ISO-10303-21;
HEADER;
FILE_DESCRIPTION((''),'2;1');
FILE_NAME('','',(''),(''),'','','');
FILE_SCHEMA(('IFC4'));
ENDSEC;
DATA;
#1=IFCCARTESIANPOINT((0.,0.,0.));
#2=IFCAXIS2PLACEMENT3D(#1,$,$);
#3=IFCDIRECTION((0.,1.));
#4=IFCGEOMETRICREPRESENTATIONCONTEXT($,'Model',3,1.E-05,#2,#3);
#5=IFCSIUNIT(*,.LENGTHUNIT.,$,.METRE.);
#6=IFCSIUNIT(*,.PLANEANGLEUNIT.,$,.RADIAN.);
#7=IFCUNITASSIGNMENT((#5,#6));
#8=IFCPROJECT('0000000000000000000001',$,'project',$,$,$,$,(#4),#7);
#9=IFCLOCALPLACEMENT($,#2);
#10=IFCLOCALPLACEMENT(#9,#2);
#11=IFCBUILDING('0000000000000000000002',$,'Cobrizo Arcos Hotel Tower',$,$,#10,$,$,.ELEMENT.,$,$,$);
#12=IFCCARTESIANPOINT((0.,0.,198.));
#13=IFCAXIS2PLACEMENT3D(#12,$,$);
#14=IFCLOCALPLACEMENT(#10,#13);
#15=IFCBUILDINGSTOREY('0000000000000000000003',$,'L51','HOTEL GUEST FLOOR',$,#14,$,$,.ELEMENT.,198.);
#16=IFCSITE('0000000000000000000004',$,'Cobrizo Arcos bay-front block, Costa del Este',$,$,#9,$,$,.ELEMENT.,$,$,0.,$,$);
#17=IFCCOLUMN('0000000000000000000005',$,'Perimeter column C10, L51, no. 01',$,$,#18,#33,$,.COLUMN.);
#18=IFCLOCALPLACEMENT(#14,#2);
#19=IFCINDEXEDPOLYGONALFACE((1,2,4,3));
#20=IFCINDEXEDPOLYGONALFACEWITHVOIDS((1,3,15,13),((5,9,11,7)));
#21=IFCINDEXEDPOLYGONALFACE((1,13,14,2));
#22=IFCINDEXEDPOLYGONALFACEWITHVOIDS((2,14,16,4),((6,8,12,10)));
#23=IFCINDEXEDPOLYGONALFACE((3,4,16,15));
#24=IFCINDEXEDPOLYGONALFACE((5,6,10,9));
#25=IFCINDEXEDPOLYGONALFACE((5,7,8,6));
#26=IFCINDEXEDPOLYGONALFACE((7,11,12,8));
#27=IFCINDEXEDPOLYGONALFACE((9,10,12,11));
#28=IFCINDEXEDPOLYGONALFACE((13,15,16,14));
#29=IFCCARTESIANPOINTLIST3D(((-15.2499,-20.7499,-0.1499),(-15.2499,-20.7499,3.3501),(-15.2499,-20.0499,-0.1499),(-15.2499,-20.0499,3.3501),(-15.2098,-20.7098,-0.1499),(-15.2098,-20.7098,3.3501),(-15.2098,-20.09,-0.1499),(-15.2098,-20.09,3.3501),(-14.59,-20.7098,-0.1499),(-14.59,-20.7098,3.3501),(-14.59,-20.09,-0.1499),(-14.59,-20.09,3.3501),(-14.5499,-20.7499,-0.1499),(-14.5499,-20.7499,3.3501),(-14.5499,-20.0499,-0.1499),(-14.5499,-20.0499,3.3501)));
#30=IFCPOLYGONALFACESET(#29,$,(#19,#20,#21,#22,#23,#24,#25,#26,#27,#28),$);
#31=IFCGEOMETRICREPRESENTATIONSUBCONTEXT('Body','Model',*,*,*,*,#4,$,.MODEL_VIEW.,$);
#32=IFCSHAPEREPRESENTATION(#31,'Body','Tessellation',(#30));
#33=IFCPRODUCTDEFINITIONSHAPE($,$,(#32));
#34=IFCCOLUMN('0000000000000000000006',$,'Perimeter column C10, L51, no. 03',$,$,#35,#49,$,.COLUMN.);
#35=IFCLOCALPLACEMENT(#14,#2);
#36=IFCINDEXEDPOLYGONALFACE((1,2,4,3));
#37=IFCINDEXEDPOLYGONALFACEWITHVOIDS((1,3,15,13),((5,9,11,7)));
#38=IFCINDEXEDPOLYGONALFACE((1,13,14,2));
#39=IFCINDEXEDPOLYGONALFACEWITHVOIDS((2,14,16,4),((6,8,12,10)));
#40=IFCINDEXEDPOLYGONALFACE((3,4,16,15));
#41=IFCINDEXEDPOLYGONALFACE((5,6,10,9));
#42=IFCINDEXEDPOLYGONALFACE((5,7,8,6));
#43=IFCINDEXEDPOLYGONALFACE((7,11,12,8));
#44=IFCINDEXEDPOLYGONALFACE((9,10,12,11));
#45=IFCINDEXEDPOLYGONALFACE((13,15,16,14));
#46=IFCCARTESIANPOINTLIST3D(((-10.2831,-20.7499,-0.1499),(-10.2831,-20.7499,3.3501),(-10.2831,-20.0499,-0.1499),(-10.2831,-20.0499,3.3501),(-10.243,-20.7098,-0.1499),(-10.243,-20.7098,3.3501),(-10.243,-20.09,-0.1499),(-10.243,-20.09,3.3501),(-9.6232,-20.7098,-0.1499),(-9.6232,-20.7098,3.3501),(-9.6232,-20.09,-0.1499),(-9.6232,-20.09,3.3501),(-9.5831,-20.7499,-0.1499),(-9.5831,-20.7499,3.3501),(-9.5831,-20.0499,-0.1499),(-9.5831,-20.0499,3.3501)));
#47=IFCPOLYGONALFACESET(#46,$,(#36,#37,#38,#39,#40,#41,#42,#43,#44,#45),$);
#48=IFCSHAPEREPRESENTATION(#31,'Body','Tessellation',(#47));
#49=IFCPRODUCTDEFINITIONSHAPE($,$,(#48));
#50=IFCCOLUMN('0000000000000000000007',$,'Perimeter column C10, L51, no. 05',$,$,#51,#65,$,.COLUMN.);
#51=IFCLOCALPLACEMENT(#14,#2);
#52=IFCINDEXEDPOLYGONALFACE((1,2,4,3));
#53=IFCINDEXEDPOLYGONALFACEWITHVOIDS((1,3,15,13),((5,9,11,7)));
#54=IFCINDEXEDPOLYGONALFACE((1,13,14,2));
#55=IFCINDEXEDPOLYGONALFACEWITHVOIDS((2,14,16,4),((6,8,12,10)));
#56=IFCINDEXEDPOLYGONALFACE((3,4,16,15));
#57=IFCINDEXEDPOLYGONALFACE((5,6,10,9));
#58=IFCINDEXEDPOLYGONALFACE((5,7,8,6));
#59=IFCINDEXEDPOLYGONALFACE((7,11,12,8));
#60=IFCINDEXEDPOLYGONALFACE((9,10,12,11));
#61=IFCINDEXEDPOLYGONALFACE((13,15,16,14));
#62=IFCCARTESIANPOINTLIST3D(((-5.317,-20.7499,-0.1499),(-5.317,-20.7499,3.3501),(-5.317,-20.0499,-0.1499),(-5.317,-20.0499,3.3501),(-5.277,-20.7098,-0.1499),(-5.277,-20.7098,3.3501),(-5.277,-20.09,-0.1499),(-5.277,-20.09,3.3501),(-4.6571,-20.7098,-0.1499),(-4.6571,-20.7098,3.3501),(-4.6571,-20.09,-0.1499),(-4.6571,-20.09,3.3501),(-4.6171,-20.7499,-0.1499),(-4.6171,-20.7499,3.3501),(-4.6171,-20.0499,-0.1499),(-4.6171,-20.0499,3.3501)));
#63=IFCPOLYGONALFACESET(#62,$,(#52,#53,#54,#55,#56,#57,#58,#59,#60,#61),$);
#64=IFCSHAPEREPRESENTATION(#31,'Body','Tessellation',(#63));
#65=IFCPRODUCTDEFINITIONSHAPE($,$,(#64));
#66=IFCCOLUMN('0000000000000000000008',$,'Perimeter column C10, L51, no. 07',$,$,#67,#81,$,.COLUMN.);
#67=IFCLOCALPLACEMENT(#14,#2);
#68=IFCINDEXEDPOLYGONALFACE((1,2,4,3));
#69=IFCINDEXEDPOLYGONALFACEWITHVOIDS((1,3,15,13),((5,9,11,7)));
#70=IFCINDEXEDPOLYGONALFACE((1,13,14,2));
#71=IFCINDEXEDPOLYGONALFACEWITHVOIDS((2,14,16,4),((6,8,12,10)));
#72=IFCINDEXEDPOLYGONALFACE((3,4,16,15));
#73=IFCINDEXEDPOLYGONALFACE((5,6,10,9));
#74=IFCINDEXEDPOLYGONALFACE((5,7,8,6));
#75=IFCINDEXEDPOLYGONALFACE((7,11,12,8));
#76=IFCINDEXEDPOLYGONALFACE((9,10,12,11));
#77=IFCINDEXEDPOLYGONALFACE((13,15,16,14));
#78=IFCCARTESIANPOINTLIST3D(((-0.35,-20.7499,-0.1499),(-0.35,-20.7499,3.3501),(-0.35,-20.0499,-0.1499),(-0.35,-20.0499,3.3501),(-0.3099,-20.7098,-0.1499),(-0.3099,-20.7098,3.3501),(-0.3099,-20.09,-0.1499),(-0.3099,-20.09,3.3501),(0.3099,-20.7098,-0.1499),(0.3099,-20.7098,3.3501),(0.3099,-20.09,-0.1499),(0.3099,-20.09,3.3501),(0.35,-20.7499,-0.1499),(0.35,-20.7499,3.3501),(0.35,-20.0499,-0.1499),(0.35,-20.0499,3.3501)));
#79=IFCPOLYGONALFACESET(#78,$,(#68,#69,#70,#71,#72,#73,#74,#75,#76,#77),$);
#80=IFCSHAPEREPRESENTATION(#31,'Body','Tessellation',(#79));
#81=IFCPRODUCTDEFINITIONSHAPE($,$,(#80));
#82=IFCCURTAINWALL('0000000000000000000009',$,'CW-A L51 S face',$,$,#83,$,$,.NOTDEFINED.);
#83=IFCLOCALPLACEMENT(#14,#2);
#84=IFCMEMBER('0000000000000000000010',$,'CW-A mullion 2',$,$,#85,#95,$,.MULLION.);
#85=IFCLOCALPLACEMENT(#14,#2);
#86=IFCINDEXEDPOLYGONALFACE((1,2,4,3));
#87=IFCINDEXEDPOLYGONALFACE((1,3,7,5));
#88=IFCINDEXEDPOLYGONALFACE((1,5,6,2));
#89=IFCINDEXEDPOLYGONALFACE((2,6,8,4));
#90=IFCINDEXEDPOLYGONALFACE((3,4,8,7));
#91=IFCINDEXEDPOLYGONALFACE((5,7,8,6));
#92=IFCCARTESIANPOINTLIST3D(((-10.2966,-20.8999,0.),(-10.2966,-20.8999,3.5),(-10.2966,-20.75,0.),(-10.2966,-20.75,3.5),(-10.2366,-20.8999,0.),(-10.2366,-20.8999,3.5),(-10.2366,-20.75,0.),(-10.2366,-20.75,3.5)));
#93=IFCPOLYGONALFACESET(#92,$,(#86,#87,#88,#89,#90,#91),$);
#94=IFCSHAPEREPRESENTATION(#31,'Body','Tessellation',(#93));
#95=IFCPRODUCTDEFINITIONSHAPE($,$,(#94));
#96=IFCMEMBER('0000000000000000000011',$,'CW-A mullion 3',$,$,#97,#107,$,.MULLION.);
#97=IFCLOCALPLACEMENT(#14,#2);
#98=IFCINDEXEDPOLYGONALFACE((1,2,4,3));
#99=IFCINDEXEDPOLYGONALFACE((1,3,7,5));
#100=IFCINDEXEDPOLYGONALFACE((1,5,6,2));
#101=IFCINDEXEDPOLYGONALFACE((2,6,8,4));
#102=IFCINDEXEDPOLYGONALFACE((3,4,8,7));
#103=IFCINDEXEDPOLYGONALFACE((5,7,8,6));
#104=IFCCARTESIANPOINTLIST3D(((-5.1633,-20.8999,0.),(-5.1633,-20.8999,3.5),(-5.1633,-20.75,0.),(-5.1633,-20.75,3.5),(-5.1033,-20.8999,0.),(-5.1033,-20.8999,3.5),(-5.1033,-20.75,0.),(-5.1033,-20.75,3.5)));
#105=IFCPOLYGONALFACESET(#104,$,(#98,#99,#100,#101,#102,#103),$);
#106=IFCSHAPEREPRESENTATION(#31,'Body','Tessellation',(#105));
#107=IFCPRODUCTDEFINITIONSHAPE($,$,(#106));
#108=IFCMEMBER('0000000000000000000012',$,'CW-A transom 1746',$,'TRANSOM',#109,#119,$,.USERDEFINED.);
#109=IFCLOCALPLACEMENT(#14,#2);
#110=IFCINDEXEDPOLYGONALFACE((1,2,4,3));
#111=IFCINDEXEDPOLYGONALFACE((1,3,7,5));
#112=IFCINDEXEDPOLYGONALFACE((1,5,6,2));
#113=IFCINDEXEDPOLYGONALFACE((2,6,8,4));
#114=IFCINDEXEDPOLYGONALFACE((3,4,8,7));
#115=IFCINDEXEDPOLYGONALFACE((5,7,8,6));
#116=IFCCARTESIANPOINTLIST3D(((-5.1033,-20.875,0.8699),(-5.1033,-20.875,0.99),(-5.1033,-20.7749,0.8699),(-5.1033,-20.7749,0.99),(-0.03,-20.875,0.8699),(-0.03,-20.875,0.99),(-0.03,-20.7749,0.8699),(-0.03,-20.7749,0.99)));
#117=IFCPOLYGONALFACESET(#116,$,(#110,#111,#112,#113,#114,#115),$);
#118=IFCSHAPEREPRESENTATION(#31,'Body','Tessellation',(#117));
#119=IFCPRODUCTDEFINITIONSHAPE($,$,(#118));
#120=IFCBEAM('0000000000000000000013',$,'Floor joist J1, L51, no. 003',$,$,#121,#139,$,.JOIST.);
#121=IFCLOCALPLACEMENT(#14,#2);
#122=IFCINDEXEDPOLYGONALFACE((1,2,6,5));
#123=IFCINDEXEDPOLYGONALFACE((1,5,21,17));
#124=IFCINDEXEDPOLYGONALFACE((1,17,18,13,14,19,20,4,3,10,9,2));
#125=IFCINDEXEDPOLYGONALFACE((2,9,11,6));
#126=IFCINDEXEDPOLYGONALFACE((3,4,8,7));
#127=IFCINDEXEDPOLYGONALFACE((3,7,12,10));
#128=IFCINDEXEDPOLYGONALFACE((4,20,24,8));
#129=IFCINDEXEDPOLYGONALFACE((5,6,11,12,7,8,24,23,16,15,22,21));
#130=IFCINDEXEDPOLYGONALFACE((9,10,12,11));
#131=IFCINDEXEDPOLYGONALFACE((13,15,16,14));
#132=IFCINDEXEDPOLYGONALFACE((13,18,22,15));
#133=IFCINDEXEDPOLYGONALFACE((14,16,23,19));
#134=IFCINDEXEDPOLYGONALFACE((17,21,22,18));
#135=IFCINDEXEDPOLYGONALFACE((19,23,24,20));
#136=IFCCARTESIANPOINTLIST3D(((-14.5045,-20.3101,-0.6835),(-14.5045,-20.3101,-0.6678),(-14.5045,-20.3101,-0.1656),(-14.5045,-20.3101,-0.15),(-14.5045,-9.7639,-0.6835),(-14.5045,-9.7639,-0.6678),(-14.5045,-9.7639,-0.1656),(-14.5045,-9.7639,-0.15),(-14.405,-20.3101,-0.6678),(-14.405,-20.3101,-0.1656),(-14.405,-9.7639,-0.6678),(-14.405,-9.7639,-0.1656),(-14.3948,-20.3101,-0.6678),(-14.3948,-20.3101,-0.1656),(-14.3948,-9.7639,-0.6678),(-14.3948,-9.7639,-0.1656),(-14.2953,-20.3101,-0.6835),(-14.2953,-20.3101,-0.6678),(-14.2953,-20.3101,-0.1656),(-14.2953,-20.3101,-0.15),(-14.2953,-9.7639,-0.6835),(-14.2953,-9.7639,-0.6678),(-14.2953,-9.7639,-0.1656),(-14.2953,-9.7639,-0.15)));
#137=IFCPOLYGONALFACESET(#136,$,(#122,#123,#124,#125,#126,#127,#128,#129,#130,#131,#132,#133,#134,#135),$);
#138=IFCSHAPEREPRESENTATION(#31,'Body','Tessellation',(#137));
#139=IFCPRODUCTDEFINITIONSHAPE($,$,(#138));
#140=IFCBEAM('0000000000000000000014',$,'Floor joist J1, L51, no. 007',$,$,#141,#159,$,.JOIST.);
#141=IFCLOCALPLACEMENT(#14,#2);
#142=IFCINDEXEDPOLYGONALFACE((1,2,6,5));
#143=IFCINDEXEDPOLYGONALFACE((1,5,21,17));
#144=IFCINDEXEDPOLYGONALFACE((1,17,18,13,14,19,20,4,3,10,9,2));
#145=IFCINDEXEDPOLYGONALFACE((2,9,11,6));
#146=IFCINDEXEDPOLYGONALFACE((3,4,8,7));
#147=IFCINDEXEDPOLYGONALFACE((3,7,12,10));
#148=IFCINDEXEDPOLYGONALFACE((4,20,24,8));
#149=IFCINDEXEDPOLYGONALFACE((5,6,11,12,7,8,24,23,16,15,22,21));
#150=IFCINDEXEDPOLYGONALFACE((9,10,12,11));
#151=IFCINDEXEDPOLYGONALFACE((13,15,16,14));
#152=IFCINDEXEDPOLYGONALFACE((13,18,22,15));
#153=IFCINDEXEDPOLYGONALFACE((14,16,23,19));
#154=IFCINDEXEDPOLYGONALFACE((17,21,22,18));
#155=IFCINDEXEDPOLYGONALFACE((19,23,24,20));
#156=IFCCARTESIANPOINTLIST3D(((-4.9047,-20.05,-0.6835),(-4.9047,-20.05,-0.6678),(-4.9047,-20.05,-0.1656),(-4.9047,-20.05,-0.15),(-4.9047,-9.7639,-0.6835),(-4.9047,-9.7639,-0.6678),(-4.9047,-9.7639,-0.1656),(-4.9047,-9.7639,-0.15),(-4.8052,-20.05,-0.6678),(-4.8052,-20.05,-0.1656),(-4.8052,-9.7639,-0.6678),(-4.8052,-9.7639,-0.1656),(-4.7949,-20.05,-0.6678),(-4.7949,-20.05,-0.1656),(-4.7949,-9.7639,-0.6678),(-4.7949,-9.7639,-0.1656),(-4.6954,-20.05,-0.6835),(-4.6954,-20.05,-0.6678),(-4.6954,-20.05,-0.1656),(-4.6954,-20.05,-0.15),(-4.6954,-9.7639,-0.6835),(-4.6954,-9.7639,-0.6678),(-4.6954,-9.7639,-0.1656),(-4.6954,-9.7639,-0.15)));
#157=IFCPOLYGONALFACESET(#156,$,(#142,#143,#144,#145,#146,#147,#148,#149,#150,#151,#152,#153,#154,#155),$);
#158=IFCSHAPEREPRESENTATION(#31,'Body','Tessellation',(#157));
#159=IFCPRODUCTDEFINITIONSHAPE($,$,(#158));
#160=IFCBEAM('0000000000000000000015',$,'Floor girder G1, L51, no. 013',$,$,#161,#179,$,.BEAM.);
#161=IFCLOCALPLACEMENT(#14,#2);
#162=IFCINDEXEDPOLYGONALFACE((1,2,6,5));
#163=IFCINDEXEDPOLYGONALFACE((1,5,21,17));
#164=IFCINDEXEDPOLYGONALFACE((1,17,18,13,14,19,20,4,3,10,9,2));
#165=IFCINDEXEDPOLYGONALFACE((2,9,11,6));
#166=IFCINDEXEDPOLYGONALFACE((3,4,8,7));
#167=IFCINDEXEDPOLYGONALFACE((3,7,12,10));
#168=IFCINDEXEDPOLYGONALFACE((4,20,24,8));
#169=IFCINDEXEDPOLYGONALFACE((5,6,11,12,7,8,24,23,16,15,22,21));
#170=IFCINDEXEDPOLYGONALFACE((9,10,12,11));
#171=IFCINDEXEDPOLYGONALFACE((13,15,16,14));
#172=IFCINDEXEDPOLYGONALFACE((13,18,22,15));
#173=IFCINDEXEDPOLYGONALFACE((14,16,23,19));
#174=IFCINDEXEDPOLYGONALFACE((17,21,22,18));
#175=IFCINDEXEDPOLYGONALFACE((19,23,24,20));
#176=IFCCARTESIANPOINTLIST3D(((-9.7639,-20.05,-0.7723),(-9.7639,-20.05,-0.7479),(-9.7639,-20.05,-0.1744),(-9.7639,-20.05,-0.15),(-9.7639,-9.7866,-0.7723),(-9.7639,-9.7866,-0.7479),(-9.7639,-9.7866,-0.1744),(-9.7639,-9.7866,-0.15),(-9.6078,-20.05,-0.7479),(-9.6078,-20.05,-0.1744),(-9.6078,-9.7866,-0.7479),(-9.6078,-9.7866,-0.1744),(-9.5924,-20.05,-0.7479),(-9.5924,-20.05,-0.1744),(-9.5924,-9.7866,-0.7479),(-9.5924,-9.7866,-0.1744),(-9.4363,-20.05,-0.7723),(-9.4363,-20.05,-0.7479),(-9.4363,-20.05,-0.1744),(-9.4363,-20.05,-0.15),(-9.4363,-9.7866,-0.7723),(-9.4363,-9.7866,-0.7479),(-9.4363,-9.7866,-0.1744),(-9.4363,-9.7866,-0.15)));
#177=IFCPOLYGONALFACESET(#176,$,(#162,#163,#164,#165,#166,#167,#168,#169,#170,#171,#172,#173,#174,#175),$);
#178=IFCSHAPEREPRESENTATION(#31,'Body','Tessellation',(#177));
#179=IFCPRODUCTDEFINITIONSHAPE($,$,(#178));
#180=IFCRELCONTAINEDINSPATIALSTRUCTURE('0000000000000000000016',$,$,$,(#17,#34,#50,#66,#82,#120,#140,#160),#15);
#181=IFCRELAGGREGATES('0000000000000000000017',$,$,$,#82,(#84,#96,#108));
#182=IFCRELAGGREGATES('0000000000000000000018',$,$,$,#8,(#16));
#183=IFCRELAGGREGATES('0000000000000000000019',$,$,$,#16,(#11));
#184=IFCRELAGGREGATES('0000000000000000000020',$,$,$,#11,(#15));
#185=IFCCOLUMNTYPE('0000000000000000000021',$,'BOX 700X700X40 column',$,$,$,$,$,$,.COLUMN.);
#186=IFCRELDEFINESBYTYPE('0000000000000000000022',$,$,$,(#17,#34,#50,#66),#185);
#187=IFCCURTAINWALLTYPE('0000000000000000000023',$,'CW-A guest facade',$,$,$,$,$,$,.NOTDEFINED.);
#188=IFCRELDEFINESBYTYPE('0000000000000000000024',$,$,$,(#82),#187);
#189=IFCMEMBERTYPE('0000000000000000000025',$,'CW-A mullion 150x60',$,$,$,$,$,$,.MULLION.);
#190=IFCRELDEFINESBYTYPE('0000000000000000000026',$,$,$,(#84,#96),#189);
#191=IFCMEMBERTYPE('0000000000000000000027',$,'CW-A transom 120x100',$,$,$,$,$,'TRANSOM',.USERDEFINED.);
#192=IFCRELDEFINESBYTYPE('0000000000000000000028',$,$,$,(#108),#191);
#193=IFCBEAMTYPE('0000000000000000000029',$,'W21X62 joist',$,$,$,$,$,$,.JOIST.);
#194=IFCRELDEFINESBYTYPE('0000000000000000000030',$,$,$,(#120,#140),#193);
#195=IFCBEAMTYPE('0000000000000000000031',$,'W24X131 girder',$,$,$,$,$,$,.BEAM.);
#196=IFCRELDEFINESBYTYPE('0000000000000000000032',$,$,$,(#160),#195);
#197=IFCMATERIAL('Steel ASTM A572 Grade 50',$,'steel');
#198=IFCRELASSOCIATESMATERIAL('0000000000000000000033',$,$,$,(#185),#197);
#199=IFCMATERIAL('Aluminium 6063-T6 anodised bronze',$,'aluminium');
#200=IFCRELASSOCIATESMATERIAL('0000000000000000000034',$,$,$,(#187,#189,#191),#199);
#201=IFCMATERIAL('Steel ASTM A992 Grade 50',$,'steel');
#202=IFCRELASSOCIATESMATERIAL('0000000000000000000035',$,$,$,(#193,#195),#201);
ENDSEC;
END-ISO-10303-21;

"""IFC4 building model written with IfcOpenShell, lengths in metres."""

from ifc_helpers import new_model, si_unit, direction, frame, origin, origin_2d, place, context, subcontext, project, spatial, rectangle, hollow_rectangle, i_section, extrude, material, material_profile, profile_set, type_object, element, aggregate, save


model = new_model("IFC4")

# Units and contexts
model_context = context("Model", 3, precision=1e-05, world=origin(), true_north=direction((0.0, 1.0)))
body_context = subcontext(model_context, "Body", "Model", "MODEL_VIEW")
ifc_project = project(units=[si_unit("LENGTHUNIT", "METRE"), si_unit("PLANEANGLEUNIT", "RADIAN")], contexts=[model_context])

# Site, building, storey
site_placement = place(None, origin())
site = spatial("IfcSite", under=ifc_project, at=site_placement, Name="Cobrizo Arcos bay-front block, Costa del Este", CompositionType="ELEMENT", RefElevation=0.0)
building_placement = place(site_placement, origin())
building = spatial("IfcBuilding", under=site, at=building_placement, Name="Cobrizo Arcos Hotel Tower", CompositionType="ELEMENT")
storey_placement = place(building_placement, frame((0.0, 0.0, 198.0)))
storey = spatial("IfcBuildingStorey", under=building, at=storey_placement, Name="L51", Description="HOTEL GUEST FLOOR", CompositionType="ELEMENT", Elevation=198.0)

# Columns
ifc_material_1 = material(Name="Steel ASTM A572 Grade 50", Category="steel")
ifc_material_profile_1 = material_profile(ifc_material_1, hollow_rectangle(XDim=0.7, YDim=0.7, WallThickness=0.04, at=origin_2d()), Name="BOX 700X700X40")
ifc_profile_set_1 = profile_set([ifc_material_profile_1], Name="Steel ASTM A572 Grade 50")
column_type = type_object("IfcColumnType", Name="BOX 700X700X40 column", PredefinedType="COLUMN", material=ifc_profile_set_1)
for number, where, z_axis, x_axis, name in (
    (1, (-14.8999, -20.3999, -0.1499), (0.0, 0.0, 1.0), (1.0, 0.0, 0.0), "Perimeter column C10, L51, no. 01"),
    (2, (-9.9331, -20.3999, -0.1499), (0.0, 0.0, 1.0), (1.0, 0.0, 0.0), "Perimeter column C10, L51, no. 03"),
    (3, (-4.967, -20.3999, -0.1499), (0.0, 0.0, 1.0), (1.0, 0.0, 0.0), "Perimeter column C10, L51, no. 05"),
    (4, (0.0, -20.3999, -0.1499), (0.0, 0.0, 1.0), (1.0, 0.0, 0.0), "Perimeter column C10, L51, no. 07"),
):
    element("IfcColumn", number, at=place(storey_placement, frame(where, z_axis=z_axis, x_axis=x_axis)), inside=storey, type_object=column_type, Name=name, PredefinedType="COLUMN", context=body_context, shape_type="SweptSolid", body=[
        extrude(hollow_rectangle(XDim=0.7, YDim=0.7, WallThickness=0.04, at=origin_2d()), origin(), (0.0, 0.0, 1.0), 3.5),
    ])

# Curtain wall, members
ifc_material_2 = material(Name="Aluminium 6063-T6 anodised bronze", Category="aluminium")
curtain_wall_type = type_object("IfcCurtainWallType", Name="CW-A guest facade", PredefinedType="NOTDEFINED", material=ifc_material_2)
curtain_wall_placement = place(storey_placement, origin())
curtain_wall = element("IfcCurtainWall", 5, at=curtain_wall_placement, inside=storey, type_object=curtain_wall_type, Name="CW-A L51 S face", PredefinedType="NOTDEFINED")
ifc_material_profile_2 = material_profile(ifc_material_2, rectangle(XDim=0.1499, YDim=0.0601, at=origin_2d()), Name="CW-A mullion 150x60")
ifc_profile_set_2 = profile_set([ifc_material_profile_2], Name="Aluminium 6063-T6 anodised bronze")
member_type_1 = type_object("IfcMemberType", Name="CW-A mullion 150x60", PredefinedType="MULLION", material=ifc_profile_set_2)
member_1_placement = place(storey_placement, frame((-10.2666, -20.825, 0.0), z_axis=(0.0, 0.0, 1.0), x_axis=(0.0, -1.0, 0.0)))
member_1 = element("IfcMember", 6, at=member_1_placement, type_object=member_type_1, Name="CW-A mullion 2", PredefinedType="MULLION", context=body_context, shape_type="SweptSolid", body=[
    extrude(rectangle(XDim=0.1499, YDim=0.0601, at=origin_2d()), origin(), (0.0, 0.0, 1.0), 3.5),
])
member_2_placement = place(storey_placement, frame((-5.1333, -20.825, 0.0), z_axis=(0.0, 0.0, 1.0), x_axis=(0.0, -1.0, 0.0)))
member_2 = element("IfcMember", 7, at=member_2_placement, type_object=member_type_1, Name="CW-A mullion 3", PredefinedType="MULLION", context=body_context, shape_type="SweptSolid", body=[
    extrude(rectangle(XDim=0.1499, YDim=0.0601, at=origin_2d()), origin(), (0.0, 0.0, 1.0), 3.5),
])
ifc_material_profile_3 = material_profile(ifc_material_2, rectangle(XDim=0.1001, YDim=0.1201, at=origin_2d()), Name="CW-A transom 120x100")
ifc_profile_set_3 = profile_set([ifc_material_profile_3], Name="Aluminium 6063-T6 anodised bronze")
member_type_2 = type_object("IfcMemberType", Name="CW-A transom 120x100", ElementType="TRANSOM", PredefinedType="USERDEFINED", material=ifc_profile_set_3)
member_3_placement = place(storey_placement, frame((-5.1033, -20.825, 0.9299), z_axis=(1.0, 0.0, 0.0), x_axis=(0.0, 1.0, 0.0)))
member_3 = element("IfcMember", 8, at=member_3_placement, type_object=member_type_2, Name="CW-A transom 1746", ObjectType="TRANSOM", PredefinedType="USERDEFINED", context=body_context, shape_type="SweptSolid", body=[
    extrude(rectangle(XDim=0.1001, YDim=0.1201, at=origin_2d()), origin(), (0.0, 0.0, 1.0), 5.0732),
])

# Beams
ifc_material_3 = material(Name="Steel ASTM A992 Grade 50", Category="steel")
ifc_material_profile_4 = material_profile(ifc_material_3, i_section(OverallWidth=0.2092, OverallDepth=0.5334, WebThickness=0.0103, FlangeThickness=0.0156, at=origin_2d()), Name="W21X62")
ifc_profile_set_4 = profile_set([ifc_material_profile_4], Name="Steel ASTM A992 Grade 50")
beam_type_1 = type_object("IfcBeamType", Name="W21X62 joist", PredefinedType="JOIST", material=ifc_profile_set_4)
beam_1_placement = place(storey_placement, frame((-14.3999, -20.3101, -0.4167), z_axis=(0.0, 1.0, 0.0), x_axis=(-1.0, 0.0, 0.0)))
element("IfcBeam", 9, at=beam_1_placement, inside=storey, type_object=beam_type_1, Name="Floor joist J1, L51, no. 003", PredefinedType="JOIST", context=body_context, shape_type="SweptSolid", body=[
    extrude(i_section(OverallWidth=0.2092, OverallDepth=0.5334, WebThickness=0.0103, FlangeThickness=0.0156, at=origin_2d()), origin(), (0.0, 0.0, 1.0), 10.5461),
])
beam_2_placement = place(storey_placement, frame((-4.8, -20.05, -0.4167), z_axis=(0.0, 1.0, 0.0), x_axis=(-1.0, 0.0, 0.0)))
element("IfcBeam", 10, at=beam_2_placement, inside=storey, type_object=beam_type_1, Name="Floor joist J1, L51, no. 007", PredefinedType="JOIST", context=body_context, shape_type="SweptSolid", body=[
    extrude(i_section(OverallWidth=0.2092, OverallDepth=0.5334, WebThickness=0.0103, FlangeThickness=0.0156, at=origin_2d()), origin(), (0.0, 0.0, 1.0), 10.2861),
])
ifc_material_profile_5 = material_profile(ifc_material_3, i_section(OverallWidth=0.3276, OverallDepth=0.6223, WebThickness=0.0154, FlangeThickness=0.0244, at=origin_2d()), Name="W24X131")
ifc_profile_set_5 = profile_set([ifc_material_profile_5], Name="Steel ASTM A992 Grade 50")
beam_type_2 = type_object("IfcBeamType", Name="W24X131 girder", PredefinedType="BEAM", material=ifc_profile_set_5)
beam_3_placement = place(storey_placement, frame((-9.6001, -20.05, -0.4612), z_axis=(0.0, 1.0, 0.0), x_axis=(-1.0, 0.0, 0.0)))
element("IfcBeam", 11, at=beam_3_placement, inside=storey, type_object=beam_type_2, Name="Floor girder G1, L51, no. 013", PredefinedType="BEAM", context=body_context, shape_type="SweptSolid", body=[
    extrude(i_section(OverallWidth=0.3276, OverallDepth=0.6223, WebThickness=0.0154, FlangeThickness=0.0244, at=origin_2d()), origin(), (0.0, 0.0, 1.0), 10.2634),
])

aggregate(curtain_wall, [member_1, member_2, member_3])

save(model, "model.ifc")
